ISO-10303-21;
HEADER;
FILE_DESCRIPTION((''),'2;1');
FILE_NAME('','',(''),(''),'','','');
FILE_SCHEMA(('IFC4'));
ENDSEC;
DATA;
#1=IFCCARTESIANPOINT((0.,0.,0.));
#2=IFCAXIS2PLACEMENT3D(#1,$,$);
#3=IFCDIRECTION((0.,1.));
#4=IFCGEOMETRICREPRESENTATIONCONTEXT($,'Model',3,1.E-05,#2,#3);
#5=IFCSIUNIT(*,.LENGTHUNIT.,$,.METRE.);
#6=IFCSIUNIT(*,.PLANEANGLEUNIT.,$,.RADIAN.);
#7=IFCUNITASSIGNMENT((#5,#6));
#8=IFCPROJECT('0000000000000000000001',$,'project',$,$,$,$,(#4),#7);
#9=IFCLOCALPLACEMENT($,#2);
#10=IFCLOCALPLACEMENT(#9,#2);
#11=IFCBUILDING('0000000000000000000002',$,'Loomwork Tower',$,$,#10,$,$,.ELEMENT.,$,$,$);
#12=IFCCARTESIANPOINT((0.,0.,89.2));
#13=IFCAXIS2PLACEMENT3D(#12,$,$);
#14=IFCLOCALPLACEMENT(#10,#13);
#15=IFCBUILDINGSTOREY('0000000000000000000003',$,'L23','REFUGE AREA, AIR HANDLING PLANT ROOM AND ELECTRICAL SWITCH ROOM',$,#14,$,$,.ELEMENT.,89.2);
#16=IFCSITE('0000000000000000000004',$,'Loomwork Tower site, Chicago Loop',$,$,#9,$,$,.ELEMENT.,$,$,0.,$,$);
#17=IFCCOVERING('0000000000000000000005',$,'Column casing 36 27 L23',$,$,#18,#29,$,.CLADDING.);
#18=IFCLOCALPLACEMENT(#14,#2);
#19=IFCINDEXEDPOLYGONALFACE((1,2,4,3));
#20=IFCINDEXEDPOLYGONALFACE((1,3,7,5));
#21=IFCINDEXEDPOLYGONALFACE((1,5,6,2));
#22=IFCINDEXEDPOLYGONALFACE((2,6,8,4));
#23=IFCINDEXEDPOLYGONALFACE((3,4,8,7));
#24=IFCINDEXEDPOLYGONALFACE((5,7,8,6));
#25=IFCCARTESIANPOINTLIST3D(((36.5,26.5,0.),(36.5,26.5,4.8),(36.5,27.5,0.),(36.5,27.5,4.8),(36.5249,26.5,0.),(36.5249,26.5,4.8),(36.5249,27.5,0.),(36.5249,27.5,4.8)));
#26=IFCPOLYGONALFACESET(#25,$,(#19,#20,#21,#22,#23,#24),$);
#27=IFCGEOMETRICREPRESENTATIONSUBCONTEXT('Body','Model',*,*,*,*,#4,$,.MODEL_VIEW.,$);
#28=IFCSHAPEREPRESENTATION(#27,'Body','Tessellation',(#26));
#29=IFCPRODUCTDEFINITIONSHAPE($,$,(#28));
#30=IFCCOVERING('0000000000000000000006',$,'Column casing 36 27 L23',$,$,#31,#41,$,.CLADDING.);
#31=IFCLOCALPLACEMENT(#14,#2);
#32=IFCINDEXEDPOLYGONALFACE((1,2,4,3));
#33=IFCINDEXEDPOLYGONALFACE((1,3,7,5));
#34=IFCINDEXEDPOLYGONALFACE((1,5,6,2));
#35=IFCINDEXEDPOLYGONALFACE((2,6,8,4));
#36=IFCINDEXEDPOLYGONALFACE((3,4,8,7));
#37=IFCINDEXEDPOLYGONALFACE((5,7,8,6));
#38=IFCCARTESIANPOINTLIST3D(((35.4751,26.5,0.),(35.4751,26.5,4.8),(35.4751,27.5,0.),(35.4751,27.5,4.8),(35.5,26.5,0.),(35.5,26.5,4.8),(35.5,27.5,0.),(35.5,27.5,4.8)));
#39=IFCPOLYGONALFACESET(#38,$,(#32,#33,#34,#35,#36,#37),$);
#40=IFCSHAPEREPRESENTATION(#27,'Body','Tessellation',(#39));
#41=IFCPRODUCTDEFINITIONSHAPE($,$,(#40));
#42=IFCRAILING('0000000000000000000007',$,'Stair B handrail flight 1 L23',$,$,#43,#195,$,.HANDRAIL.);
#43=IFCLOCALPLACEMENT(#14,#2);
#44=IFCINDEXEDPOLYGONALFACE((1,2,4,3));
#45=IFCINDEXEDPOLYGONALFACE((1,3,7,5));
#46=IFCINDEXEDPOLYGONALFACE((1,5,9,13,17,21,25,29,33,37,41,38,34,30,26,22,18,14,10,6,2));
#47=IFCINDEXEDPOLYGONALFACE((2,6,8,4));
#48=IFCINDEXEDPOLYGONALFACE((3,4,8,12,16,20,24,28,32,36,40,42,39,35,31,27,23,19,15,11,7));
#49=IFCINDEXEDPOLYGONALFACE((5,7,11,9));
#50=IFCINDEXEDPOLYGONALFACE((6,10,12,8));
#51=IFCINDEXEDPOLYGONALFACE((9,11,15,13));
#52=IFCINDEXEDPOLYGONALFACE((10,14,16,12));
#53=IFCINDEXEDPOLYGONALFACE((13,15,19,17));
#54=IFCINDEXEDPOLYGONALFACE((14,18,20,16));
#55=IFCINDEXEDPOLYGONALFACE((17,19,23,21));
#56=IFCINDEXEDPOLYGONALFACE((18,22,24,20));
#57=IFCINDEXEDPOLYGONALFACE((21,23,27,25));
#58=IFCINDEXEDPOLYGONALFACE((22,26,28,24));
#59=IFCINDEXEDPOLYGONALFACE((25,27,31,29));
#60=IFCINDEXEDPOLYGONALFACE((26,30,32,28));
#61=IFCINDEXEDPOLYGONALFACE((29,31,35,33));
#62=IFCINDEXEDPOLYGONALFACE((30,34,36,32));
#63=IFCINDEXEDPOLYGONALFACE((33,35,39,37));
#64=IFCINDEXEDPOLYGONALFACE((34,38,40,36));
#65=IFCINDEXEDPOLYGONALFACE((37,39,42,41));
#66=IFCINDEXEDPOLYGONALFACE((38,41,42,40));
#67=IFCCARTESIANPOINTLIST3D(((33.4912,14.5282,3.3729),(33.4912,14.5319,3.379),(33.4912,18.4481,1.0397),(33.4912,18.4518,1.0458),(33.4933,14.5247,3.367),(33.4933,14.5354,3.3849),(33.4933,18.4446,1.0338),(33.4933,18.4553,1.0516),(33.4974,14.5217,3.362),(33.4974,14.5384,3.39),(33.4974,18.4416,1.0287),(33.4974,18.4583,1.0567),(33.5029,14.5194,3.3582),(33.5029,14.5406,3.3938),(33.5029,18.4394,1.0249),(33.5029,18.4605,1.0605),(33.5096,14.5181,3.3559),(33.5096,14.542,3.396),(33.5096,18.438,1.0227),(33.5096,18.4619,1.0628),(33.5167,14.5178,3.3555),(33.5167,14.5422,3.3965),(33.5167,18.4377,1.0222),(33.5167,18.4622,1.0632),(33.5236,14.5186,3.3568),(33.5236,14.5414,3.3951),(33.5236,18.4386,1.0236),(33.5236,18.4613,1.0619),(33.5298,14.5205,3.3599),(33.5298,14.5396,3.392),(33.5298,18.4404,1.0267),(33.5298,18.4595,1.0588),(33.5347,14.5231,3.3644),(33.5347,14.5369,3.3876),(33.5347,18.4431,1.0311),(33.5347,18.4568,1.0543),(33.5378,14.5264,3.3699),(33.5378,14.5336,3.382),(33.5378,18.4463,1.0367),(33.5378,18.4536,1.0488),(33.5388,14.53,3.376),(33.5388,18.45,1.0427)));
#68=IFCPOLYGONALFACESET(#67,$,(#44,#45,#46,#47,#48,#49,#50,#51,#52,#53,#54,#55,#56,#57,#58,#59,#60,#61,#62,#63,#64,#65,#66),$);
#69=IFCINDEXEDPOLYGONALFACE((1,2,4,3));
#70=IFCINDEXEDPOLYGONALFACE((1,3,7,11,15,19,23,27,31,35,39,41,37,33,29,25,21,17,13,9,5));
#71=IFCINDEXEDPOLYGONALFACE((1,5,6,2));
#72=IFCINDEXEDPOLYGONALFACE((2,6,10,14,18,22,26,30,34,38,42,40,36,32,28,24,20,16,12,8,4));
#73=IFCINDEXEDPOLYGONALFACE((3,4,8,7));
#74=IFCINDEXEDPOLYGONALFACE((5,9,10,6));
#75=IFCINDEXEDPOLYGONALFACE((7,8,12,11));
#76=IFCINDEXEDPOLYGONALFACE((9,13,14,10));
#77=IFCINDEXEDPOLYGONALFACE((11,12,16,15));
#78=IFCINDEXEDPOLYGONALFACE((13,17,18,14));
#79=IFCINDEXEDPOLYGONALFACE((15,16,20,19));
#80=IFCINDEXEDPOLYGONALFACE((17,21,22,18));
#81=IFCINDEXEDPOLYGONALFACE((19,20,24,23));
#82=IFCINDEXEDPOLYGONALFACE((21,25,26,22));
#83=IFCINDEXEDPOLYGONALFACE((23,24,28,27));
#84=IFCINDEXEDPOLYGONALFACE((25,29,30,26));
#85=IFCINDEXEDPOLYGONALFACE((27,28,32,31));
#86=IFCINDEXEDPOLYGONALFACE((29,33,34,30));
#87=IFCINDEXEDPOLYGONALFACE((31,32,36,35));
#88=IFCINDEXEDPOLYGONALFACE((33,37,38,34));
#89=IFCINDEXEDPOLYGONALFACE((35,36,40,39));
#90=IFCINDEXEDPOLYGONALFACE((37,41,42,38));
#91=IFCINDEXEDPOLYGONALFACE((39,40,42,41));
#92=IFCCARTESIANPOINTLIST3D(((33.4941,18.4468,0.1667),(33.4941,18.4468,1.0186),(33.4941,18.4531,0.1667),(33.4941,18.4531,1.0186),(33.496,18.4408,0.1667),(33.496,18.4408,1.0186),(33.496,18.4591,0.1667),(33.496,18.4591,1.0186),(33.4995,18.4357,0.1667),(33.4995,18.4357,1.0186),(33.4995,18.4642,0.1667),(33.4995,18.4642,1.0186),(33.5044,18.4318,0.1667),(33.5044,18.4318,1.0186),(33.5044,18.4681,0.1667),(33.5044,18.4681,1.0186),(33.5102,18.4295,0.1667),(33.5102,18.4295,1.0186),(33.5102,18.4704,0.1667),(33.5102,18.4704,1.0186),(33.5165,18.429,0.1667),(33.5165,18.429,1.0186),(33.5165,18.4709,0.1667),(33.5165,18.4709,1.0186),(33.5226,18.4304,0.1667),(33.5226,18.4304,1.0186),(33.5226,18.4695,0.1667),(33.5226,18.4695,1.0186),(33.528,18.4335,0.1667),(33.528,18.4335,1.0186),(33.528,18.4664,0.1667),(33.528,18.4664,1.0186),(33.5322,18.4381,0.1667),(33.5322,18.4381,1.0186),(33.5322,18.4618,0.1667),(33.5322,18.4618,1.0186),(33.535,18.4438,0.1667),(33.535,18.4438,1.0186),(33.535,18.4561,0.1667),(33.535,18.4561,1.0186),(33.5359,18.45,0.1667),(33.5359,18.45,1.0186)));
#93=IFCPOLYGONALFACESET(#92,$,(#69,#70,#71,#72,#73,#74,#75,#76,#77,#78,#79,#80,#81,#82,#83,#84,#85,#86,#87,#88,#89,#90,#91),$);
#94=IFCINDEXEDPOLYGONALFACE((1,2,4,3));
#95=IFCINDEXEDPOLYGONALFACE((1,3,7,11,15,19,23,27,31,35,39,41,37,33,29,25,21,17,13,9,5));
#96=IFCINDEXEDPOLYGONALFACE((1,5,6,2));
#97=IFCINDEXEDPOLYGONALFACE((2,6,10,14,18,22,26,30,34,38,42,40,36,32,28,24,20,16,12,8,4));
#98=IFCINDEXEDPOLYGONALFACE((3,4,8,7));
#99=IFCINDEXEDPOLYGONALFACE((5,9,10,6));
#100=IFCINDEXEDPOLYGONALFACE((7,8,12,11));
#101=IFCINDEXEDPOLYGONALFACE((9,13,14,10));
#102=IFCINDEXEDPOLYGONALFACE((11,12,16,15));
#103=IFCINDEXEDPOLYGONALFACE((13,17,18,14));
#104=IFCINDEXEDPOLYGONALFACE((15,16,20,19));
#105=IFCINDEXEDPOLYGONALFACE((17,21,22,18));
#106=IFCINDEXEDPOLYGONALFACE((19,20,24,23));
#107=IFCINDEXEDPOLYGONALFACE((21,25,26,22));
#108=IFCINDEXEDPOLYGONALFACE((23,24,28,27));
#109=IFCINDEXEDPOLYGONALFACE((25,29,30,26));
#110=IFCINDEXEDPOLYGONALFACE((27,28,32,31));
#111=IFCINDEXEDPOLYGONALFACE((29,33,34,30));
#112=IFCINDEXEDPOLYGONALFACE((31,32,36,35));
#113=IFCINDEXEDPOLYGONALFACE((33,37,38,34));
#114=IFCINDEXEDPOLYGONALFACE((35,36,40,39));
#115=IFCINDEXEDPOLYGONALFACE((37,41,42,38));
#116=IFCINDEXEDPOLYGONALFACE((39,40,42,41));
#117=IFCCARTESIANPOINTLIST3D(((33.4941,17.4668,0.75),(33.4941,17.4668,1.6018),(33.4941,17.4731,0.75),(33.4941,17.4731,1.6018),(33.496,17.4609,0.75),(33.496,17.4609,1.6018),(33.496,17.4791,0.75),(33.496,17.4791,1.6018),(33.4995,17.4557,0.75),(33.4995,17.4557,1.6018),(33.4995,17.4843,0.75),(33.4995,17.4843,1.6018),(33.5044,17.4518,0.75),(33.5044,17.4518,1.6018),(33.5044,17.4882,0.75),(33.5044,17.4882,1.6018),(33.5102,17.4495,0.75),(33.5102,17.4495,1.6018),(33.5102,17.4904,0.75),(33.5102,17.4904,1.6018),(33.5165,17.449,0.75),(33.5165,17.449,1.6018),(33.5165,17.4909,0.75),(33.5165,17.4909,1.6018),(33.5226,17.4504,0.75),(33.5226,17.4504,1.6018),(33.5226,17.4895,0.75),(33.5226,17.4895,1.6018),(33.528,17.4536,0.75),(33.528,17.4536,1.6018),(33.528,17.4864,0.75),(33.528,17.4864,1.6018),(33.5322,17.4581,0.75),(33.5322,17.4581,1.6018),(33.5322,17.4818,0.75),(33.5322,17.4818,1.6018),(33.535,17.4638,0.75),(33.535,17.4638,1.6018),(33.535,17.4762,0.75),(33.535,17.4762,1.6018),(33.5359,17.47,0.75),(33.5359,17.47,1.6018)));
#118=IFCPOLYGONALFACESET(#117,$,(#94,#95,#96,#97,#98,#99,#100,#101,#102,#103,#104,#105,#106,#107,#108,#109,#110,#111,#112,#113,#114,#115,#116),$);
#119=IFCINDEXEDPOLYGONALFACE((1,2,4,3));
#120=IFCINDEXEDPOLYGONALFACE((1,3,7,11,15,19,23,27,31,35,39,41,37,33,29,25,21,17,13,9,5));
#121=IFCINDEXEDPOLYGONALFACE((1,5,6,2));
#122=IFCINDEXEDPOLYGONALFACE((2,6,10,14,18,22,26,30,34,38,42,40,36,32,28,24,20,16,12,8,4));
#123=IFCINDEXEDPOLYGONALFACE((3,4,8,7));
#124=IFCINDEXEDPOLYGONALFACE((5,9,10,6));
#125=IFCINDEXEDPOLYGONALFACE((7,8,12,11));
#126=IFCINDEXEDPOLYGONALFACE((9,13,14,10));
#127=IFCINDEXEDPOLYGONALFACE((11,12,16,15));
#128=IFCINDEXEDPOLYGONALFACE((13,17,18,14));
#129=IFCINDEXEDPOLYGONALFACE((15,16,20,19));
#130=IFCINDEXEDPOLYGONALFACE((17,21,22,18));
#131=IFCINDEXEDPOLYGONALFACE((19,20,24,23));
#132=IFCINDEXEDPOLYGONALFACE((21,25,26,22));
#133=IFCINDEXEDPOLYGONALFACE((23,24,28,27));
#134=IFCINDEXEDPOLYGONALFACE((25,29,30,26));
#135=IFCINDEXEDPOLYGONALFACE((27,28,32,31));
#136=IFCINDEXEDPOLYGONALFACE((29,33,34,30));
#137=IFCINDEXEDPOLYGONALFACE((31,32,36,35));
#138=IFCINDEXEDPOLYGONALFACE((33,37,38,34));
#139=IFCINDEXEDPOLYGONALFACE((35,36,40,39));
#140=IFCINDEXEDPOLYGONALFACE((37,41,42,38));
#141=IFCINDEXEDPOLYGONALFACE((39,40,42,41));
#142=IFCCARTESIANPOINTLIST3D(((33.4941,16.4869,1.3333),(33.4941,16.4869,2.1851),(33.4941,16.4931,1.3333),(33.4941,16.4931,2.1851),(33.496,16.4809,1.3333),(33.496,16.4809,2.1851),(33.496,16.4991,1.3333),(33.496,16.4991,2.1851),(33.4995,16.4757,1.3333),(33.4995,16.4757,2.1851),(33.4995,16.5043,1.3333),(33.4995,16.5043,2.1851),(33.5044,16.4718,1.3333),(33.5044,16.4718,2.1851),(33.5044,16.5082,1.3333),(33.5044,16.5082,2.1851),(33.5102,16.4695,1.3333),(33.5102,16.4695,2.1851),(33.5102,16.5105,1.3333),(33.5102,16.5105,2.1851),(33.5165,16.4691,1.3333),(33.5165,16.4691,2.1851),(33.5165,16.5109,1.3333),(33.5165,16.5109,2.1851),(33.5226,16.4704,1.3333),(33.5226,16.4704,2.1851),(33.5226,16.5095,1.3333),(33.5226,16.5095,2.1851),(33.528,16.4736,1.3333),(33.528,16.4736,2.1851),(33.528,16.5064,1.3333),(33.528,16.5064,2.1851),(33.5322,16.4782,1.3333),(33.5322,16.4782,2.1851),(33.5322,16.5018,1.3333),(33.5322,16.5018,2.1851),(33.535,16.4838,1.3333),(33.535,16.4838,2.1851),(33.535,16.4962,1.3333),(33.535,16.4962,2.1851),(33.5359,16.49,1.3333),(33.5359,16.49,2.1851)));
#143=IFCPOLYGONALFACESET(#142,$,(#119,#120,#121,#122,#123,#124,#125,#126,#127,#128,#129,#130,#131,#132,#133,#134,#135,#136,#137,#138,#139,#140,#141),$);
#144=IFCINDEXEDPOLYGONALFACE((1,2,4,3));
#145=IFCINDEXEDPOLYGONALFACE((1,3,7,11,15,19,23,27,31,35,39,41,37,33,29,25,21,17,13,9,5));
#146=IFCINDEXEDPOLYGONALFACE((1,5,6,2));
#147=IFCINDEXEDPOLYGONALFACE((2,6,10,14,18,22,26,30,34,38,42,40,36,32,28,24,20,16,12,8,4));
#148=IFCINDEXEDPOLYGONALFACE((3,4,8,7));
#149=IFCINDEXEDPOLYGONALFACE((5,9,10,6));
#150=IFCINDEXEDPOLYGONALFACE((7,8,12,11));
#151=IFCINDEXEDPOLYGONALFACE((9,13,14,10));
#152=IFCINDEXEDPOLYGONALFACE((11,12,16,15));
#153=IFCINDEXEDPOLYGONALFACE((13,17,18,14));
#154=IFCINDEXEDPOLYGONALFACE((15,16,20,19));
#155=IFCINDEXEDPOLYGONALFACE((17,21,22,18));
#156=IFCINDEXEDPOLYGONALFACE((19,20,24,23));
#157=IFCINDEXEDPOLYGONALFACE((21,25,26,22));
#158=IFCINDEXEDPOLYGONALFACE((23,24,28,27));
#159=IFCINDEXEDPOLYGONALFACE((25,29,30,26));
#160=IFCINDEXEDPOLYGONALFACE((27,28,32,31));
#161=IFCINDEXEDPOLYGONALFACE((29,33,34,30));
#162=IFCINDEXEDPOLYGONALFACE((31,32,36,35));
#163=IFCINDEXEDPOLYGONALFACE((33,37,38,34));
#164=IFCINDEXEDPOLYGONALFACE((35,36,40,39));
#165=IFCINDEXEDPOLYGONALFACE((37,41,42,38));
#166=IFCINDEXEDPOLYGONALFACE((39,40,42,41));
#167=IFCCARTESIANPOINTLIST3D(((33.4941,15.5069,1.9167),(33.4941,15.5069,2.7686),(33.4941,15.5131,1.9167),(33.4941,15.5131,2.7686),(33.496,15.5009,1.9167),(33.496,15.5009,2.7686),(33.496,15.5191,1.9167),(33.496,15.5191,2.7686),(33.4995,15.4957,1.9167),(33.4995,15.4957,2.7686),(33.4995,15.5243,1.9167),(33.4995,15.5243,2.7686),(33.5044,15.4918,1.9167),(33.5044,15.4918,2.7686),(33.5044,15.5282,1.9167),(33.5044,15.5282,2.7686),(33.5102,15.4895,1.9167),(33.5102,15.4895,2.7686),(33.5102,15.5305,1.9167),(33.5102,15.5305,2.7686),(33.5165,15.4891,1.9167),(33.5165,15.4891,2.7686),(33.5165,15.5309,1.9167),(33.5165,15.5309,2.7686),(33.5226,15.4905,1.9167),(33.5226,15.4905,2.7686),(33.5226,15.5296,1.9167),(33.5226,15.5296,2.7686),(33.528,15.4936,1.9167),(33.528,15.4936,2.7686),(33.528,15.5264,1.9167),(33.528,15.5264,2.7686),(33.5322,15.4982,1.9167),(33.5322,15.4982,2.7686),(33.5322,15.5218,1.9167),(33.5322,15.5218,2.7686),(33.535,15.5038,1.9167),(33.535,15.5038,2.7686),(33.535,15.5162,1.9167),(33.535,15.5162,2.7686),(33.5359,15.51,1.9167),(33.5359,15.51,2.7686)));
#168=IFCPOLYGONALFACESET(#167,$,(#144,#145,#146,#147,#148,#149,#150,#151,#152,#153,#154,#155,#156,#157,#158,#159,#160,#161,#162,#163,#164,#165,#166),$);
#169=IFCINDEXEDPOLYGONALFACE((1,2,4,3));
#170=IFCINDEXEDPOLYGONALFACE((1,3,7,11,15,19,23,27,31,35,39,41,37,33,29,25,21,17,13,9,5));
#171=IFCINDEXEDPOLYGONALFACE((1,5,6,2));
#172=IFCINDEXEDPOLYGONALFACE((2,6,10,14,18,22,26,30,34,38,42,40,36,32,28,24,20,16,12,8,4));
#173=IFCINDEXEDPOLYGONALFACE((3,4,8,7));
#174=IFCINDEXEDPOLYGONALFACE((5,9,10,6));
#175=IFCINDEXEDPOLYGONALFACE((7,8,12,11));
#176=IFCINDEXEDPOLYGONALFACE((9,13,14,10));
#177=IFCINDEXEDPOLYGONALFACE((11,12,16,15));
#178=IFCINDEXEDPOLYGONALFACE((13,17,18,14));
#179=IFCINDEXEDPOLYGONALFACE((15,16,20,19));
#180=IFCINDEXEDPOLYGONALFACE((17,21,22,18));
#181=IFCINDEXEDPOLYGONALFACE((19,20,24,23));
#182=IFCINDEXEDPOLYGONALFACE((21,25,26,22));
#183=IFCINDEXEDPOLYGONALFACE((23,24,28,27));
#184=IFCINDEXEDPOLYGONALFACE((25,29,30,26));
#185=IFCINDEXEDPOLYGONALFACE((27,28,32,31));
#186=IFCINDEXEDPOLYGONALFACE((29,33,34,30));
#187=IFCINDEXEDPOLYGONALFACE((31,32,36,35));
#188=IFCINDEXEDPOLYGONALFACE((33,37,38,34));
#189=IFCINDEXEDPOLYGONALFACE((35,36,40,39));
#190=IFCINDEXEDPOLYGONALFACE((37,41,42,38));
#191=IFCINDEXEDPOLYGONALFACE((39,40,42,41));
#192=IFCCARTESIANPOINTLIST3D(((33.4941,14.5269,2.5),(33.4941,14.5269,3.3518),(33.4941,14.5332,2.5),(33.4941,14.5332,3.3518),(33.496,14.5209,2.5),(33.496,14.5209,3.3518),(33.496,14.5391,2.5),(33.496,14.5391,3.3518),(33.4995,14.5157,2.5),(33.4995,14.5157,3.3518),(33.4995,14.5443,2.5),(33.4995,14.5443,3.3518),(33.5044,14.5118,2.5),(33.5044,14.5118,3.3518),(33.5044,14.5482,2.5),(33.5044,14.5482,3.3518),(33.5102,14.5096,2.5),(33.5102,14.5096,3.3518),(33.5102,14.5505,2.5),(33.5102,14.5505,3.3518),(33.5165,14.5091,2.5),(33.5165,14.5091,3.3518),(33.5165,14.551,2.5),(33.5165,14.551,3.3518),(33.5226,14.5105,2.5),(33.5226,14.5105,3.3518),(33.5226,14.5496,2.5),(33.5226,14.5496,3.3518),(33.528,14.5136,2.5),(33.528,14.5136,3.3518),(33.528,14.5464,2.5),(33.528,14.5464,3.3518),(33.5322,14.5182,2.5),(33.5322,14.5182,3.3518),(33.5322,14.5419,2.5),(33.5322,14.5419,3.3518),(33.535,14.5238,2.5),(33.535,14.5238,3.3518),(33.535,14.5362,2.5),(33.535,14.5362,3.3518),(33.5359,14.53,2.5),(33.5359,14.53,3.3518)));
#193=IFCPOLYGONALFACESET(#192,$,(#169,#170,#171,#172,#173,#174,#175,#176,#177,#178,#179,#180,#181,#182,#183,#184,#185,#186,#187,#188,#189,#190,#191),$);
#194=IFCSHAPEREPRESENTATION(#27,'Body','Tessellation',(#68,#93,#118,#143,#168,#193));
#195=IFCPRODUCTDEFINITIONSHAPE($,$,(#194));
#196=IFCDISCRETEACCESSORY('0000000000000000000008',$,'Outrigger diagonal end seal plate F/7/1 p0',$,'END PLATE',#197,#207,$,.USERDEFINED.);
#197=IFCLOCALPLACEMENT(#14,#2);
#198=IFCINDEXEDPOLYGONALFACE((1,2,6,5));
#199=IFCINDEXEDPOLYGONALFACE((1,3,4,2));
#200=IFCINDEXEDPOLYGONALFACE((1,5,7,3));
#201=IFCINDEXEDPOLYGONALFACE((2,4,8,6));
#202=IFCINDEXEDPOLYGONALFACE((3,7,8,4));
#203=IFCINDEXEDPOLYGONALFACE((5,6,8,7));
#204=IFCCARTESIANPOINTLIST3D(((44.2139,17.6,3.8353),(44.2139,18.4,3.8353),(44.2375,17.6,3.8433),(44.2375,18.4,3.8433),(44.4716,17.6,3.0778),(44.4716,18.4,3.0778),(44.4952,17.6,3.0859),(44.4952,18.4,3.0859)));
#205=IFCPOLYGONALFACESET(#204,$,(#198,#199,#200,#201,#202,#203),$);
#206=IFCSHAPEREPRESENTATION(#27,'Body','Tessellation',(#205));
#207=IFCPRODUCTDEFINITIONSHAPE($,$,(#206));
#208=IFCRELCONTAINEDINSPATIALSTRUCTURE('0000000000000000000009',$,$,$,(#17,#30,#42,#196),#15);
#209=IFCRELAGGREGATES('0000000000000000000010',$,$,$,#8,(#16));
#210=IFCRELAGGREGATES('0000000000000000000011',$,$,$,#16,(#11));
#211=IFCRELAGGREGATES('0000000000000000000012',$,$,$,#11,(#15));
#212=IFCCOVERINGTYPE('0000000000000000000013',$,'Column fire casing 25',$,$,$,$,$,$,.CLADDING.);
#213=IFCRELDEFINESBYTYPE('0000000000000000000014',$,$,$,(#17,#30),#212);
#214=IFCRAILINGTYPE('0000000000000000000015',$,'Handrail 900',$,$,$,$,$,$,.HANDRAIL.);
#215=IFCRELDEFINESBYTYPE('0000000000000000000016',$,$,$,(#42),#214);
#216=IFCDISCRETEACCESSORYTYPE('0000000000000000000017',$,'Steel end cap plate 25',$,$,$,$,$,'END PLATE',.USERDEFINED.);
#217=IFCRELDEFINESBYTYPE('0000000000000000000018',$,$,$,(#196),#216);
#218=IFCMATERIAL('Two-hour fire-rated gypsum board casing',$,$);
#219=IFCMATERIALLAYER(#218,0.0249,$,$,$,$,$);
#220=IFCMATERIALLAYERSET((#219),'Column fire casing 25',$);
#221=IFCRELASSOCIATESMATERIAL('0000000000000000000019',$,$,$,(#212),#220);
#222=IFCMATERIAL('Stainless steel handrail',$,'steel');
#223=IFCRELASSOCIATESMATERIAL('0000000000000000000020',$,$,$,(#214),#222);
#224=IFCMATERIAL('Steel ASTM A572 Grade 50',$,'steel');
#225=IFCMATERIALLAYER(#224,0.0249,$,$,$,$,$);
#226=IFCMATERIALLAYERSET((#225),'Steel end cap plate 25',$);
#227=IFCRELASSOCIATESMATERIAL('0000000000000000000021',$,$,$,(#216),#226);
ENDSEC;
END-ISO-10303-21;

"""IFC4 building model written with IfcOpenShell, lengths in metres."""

from ifc_helpers import new_model, si_unit, direction, frame, origin, origin_2d, place, context, subcontext, project, spatial, rectangle, circle, extrude, material, layer, layer_set, type_object, element, save


model = new_model("IFC4")

# Units and contexts
model_context = context("Model", 3, precision=1e-05, world=origin(), true_north=direction((0.0, 1.0)))
body_context = subcontext(model_context, "Body", "Model", "MODEL_VIEW")
ifc_project = project(units=[si_unit("LENGTHUNIT", "METRE"), si_unit("PLANEANGLEUNIT", "RADIAN")], contexts=[model_context])

# Site, building, storey
site_placement = place(None, origin())
site = spatial("IfcSite", under=ifc_project, at=site_placement, Name="Loomwork Tower site, Chicago Loop", CompositionType="ELEMENT", RefElevation=0.0)
building_placement = place(site_placement, origin())
building = spatial("IfcBuilding", under=site, at=building_placement, Name="Loomwork Tower", CompositionType="ELEMENT")
storey_placement = place(building_placement, frame((0.0, 0.0, 89.2)))
storey = spatial("IfcBuildingStorey", under=building, at=storey_placement, Name="L23", Description="REFUGE AREA, AIR HANDLING PLANT ROOM AND ELECTRICAL SWITCH ROOM", CompositionType="ELEMENT", Elevation=89.2)

# Coverings
ifc_material_1 = material(Name="Two-hour fire-rated gypsum board casing")
ifc_layer_1 = layer(ifc_material_1, 0.0249)
ifc_layer_set_1 = layer_set([ifc_layer_1], Name="Column fire casing 25")
covering_type = type_object("IfcCoveringType", Name="Column fire casing 25", PredefinedType="CLADDING", material=ifc_layer_set_1)
for number, where, z_axis, x_axis, name in (
    (1, (36.5125, 27.0, 0.0), (0.0, 0.0, 1.0), (1.0, 0.0, 0.0), "Column casing 36 27 L23"),
    (2, (35.4875, 27.0, 0.0), (0.0, 0.0, 1.0), (1.0, 0.0, 0.0), "Column casing 36 27 L23"),
):
    element("IfcCovering", number, at=place(storey_placement, frame(where, z_axis=z_axis, x_axis=x_axis)), inside=storey, type_object=covering_type, Name=name, PredefinedType="CLADDING", context=body_context, shape_type="SweptSolid", body=[
        extrude(rectangle(XDim=0.0249, YDim=1.0, at=origin_2d()), origin(), (0.0, 0.0, 1.0), 4.8),
    ])

# Railing
ifc_material_2 = material(Name="Stainless steel handrail", Category="steel")
railing_type = type_object("IfcRailingType", Name="Handrail 900", PredefinedType="HANDRAIL", material=ifc_material_2)
railing_placement = place(storey_placement, frame((33.5149, 18.45, 0.1667)))
element("IfcRailing", 3, at=railing_placement, inside=storey, type_object=railing_type, Name="Stair B handrail flight 1 L23", PredefinedType="HANDRAIL", context=body_context, shape_type="SweptSolid", body=[
    extrude(circle(Radius=0.0239, at=origin_2d()), frame((0.0, 0.0, 0.876), z_axis=(0.0, -0.859296, 0.511478), x_axis=(1.0, 0.0, 0.0)), (0.0, 0.0, 1.0), 4.5618),
    extrude(circle(Radius=0.021, at=origin_2d()), origin(), (0.0, 0.0, 1.0), 0.8518),
    extrude(circle(Radius=0.021, at=origin_2d()), frame((0.0, -0.98, 0.5833)), (0.0, 0.0, 1.0), 0.8518),
    extrude(circle(Radius=0.021, at=origin_2d()), frame((0.0, -1.96, 1.1665)), (0.0, 0.0, 1.0), 0.8518),
    extrude(circle(Radius=0.021, at=origin_2d()), frame((0.0, -2.9399, 1.75)), (0.0, 0.0, 1.0), 0.8518),
    extrude(circle(Radius=0.021, at=origin_2d()), frame((0.0, -3.9199, 2.3333)), (0.0, 0.0, 1.0), 0.8518),
])

# Discrete accessory
ifc_material_3 = material(Name="Steel ASTM A572 Grade 50", Category="steel")
ifc_layer_2 = layer(ifc_material_3, 0.0249)
ifc_layer_set_2 = layer_set([ifc_layer_2], Name="Steel end cap plate 25")
discrete_accessory_type = type_object("IfcDiscreteAccessoryType", Name="Steel end cap plate 25", ElementType="END PLATE", PredefinedType="USERDEFINED", material=ifc_layer_set_2)
for number, where, z_axis, x_axis, name in (
    (4, (44.3428, 18.0, 3.4565), (0.946713, 0.0, 0.322078), (0.0, 1.0, 0.0), "Outrigger diagonal end seal plate F/7/1 p0"),
):
    element("IfcDiscreteAccessory", number, at=place(storey_placement, frame(where, z_axis=z_axis, x_axis=x_axis)), inside=storey, type_object=discrete_accessory_type, Name=name, ObjectType="END PLATE", PredefinedType="USERDEFINED", context=body_context, shape_type="SweptSolid", body=[
        extrude(rectangle(XDim=0.8, YDim=0.8, at=origin_2d()), origin(), (0.0, 0.0, 1.0), 0.0249),
    ])

save(model, "model.ifc")
